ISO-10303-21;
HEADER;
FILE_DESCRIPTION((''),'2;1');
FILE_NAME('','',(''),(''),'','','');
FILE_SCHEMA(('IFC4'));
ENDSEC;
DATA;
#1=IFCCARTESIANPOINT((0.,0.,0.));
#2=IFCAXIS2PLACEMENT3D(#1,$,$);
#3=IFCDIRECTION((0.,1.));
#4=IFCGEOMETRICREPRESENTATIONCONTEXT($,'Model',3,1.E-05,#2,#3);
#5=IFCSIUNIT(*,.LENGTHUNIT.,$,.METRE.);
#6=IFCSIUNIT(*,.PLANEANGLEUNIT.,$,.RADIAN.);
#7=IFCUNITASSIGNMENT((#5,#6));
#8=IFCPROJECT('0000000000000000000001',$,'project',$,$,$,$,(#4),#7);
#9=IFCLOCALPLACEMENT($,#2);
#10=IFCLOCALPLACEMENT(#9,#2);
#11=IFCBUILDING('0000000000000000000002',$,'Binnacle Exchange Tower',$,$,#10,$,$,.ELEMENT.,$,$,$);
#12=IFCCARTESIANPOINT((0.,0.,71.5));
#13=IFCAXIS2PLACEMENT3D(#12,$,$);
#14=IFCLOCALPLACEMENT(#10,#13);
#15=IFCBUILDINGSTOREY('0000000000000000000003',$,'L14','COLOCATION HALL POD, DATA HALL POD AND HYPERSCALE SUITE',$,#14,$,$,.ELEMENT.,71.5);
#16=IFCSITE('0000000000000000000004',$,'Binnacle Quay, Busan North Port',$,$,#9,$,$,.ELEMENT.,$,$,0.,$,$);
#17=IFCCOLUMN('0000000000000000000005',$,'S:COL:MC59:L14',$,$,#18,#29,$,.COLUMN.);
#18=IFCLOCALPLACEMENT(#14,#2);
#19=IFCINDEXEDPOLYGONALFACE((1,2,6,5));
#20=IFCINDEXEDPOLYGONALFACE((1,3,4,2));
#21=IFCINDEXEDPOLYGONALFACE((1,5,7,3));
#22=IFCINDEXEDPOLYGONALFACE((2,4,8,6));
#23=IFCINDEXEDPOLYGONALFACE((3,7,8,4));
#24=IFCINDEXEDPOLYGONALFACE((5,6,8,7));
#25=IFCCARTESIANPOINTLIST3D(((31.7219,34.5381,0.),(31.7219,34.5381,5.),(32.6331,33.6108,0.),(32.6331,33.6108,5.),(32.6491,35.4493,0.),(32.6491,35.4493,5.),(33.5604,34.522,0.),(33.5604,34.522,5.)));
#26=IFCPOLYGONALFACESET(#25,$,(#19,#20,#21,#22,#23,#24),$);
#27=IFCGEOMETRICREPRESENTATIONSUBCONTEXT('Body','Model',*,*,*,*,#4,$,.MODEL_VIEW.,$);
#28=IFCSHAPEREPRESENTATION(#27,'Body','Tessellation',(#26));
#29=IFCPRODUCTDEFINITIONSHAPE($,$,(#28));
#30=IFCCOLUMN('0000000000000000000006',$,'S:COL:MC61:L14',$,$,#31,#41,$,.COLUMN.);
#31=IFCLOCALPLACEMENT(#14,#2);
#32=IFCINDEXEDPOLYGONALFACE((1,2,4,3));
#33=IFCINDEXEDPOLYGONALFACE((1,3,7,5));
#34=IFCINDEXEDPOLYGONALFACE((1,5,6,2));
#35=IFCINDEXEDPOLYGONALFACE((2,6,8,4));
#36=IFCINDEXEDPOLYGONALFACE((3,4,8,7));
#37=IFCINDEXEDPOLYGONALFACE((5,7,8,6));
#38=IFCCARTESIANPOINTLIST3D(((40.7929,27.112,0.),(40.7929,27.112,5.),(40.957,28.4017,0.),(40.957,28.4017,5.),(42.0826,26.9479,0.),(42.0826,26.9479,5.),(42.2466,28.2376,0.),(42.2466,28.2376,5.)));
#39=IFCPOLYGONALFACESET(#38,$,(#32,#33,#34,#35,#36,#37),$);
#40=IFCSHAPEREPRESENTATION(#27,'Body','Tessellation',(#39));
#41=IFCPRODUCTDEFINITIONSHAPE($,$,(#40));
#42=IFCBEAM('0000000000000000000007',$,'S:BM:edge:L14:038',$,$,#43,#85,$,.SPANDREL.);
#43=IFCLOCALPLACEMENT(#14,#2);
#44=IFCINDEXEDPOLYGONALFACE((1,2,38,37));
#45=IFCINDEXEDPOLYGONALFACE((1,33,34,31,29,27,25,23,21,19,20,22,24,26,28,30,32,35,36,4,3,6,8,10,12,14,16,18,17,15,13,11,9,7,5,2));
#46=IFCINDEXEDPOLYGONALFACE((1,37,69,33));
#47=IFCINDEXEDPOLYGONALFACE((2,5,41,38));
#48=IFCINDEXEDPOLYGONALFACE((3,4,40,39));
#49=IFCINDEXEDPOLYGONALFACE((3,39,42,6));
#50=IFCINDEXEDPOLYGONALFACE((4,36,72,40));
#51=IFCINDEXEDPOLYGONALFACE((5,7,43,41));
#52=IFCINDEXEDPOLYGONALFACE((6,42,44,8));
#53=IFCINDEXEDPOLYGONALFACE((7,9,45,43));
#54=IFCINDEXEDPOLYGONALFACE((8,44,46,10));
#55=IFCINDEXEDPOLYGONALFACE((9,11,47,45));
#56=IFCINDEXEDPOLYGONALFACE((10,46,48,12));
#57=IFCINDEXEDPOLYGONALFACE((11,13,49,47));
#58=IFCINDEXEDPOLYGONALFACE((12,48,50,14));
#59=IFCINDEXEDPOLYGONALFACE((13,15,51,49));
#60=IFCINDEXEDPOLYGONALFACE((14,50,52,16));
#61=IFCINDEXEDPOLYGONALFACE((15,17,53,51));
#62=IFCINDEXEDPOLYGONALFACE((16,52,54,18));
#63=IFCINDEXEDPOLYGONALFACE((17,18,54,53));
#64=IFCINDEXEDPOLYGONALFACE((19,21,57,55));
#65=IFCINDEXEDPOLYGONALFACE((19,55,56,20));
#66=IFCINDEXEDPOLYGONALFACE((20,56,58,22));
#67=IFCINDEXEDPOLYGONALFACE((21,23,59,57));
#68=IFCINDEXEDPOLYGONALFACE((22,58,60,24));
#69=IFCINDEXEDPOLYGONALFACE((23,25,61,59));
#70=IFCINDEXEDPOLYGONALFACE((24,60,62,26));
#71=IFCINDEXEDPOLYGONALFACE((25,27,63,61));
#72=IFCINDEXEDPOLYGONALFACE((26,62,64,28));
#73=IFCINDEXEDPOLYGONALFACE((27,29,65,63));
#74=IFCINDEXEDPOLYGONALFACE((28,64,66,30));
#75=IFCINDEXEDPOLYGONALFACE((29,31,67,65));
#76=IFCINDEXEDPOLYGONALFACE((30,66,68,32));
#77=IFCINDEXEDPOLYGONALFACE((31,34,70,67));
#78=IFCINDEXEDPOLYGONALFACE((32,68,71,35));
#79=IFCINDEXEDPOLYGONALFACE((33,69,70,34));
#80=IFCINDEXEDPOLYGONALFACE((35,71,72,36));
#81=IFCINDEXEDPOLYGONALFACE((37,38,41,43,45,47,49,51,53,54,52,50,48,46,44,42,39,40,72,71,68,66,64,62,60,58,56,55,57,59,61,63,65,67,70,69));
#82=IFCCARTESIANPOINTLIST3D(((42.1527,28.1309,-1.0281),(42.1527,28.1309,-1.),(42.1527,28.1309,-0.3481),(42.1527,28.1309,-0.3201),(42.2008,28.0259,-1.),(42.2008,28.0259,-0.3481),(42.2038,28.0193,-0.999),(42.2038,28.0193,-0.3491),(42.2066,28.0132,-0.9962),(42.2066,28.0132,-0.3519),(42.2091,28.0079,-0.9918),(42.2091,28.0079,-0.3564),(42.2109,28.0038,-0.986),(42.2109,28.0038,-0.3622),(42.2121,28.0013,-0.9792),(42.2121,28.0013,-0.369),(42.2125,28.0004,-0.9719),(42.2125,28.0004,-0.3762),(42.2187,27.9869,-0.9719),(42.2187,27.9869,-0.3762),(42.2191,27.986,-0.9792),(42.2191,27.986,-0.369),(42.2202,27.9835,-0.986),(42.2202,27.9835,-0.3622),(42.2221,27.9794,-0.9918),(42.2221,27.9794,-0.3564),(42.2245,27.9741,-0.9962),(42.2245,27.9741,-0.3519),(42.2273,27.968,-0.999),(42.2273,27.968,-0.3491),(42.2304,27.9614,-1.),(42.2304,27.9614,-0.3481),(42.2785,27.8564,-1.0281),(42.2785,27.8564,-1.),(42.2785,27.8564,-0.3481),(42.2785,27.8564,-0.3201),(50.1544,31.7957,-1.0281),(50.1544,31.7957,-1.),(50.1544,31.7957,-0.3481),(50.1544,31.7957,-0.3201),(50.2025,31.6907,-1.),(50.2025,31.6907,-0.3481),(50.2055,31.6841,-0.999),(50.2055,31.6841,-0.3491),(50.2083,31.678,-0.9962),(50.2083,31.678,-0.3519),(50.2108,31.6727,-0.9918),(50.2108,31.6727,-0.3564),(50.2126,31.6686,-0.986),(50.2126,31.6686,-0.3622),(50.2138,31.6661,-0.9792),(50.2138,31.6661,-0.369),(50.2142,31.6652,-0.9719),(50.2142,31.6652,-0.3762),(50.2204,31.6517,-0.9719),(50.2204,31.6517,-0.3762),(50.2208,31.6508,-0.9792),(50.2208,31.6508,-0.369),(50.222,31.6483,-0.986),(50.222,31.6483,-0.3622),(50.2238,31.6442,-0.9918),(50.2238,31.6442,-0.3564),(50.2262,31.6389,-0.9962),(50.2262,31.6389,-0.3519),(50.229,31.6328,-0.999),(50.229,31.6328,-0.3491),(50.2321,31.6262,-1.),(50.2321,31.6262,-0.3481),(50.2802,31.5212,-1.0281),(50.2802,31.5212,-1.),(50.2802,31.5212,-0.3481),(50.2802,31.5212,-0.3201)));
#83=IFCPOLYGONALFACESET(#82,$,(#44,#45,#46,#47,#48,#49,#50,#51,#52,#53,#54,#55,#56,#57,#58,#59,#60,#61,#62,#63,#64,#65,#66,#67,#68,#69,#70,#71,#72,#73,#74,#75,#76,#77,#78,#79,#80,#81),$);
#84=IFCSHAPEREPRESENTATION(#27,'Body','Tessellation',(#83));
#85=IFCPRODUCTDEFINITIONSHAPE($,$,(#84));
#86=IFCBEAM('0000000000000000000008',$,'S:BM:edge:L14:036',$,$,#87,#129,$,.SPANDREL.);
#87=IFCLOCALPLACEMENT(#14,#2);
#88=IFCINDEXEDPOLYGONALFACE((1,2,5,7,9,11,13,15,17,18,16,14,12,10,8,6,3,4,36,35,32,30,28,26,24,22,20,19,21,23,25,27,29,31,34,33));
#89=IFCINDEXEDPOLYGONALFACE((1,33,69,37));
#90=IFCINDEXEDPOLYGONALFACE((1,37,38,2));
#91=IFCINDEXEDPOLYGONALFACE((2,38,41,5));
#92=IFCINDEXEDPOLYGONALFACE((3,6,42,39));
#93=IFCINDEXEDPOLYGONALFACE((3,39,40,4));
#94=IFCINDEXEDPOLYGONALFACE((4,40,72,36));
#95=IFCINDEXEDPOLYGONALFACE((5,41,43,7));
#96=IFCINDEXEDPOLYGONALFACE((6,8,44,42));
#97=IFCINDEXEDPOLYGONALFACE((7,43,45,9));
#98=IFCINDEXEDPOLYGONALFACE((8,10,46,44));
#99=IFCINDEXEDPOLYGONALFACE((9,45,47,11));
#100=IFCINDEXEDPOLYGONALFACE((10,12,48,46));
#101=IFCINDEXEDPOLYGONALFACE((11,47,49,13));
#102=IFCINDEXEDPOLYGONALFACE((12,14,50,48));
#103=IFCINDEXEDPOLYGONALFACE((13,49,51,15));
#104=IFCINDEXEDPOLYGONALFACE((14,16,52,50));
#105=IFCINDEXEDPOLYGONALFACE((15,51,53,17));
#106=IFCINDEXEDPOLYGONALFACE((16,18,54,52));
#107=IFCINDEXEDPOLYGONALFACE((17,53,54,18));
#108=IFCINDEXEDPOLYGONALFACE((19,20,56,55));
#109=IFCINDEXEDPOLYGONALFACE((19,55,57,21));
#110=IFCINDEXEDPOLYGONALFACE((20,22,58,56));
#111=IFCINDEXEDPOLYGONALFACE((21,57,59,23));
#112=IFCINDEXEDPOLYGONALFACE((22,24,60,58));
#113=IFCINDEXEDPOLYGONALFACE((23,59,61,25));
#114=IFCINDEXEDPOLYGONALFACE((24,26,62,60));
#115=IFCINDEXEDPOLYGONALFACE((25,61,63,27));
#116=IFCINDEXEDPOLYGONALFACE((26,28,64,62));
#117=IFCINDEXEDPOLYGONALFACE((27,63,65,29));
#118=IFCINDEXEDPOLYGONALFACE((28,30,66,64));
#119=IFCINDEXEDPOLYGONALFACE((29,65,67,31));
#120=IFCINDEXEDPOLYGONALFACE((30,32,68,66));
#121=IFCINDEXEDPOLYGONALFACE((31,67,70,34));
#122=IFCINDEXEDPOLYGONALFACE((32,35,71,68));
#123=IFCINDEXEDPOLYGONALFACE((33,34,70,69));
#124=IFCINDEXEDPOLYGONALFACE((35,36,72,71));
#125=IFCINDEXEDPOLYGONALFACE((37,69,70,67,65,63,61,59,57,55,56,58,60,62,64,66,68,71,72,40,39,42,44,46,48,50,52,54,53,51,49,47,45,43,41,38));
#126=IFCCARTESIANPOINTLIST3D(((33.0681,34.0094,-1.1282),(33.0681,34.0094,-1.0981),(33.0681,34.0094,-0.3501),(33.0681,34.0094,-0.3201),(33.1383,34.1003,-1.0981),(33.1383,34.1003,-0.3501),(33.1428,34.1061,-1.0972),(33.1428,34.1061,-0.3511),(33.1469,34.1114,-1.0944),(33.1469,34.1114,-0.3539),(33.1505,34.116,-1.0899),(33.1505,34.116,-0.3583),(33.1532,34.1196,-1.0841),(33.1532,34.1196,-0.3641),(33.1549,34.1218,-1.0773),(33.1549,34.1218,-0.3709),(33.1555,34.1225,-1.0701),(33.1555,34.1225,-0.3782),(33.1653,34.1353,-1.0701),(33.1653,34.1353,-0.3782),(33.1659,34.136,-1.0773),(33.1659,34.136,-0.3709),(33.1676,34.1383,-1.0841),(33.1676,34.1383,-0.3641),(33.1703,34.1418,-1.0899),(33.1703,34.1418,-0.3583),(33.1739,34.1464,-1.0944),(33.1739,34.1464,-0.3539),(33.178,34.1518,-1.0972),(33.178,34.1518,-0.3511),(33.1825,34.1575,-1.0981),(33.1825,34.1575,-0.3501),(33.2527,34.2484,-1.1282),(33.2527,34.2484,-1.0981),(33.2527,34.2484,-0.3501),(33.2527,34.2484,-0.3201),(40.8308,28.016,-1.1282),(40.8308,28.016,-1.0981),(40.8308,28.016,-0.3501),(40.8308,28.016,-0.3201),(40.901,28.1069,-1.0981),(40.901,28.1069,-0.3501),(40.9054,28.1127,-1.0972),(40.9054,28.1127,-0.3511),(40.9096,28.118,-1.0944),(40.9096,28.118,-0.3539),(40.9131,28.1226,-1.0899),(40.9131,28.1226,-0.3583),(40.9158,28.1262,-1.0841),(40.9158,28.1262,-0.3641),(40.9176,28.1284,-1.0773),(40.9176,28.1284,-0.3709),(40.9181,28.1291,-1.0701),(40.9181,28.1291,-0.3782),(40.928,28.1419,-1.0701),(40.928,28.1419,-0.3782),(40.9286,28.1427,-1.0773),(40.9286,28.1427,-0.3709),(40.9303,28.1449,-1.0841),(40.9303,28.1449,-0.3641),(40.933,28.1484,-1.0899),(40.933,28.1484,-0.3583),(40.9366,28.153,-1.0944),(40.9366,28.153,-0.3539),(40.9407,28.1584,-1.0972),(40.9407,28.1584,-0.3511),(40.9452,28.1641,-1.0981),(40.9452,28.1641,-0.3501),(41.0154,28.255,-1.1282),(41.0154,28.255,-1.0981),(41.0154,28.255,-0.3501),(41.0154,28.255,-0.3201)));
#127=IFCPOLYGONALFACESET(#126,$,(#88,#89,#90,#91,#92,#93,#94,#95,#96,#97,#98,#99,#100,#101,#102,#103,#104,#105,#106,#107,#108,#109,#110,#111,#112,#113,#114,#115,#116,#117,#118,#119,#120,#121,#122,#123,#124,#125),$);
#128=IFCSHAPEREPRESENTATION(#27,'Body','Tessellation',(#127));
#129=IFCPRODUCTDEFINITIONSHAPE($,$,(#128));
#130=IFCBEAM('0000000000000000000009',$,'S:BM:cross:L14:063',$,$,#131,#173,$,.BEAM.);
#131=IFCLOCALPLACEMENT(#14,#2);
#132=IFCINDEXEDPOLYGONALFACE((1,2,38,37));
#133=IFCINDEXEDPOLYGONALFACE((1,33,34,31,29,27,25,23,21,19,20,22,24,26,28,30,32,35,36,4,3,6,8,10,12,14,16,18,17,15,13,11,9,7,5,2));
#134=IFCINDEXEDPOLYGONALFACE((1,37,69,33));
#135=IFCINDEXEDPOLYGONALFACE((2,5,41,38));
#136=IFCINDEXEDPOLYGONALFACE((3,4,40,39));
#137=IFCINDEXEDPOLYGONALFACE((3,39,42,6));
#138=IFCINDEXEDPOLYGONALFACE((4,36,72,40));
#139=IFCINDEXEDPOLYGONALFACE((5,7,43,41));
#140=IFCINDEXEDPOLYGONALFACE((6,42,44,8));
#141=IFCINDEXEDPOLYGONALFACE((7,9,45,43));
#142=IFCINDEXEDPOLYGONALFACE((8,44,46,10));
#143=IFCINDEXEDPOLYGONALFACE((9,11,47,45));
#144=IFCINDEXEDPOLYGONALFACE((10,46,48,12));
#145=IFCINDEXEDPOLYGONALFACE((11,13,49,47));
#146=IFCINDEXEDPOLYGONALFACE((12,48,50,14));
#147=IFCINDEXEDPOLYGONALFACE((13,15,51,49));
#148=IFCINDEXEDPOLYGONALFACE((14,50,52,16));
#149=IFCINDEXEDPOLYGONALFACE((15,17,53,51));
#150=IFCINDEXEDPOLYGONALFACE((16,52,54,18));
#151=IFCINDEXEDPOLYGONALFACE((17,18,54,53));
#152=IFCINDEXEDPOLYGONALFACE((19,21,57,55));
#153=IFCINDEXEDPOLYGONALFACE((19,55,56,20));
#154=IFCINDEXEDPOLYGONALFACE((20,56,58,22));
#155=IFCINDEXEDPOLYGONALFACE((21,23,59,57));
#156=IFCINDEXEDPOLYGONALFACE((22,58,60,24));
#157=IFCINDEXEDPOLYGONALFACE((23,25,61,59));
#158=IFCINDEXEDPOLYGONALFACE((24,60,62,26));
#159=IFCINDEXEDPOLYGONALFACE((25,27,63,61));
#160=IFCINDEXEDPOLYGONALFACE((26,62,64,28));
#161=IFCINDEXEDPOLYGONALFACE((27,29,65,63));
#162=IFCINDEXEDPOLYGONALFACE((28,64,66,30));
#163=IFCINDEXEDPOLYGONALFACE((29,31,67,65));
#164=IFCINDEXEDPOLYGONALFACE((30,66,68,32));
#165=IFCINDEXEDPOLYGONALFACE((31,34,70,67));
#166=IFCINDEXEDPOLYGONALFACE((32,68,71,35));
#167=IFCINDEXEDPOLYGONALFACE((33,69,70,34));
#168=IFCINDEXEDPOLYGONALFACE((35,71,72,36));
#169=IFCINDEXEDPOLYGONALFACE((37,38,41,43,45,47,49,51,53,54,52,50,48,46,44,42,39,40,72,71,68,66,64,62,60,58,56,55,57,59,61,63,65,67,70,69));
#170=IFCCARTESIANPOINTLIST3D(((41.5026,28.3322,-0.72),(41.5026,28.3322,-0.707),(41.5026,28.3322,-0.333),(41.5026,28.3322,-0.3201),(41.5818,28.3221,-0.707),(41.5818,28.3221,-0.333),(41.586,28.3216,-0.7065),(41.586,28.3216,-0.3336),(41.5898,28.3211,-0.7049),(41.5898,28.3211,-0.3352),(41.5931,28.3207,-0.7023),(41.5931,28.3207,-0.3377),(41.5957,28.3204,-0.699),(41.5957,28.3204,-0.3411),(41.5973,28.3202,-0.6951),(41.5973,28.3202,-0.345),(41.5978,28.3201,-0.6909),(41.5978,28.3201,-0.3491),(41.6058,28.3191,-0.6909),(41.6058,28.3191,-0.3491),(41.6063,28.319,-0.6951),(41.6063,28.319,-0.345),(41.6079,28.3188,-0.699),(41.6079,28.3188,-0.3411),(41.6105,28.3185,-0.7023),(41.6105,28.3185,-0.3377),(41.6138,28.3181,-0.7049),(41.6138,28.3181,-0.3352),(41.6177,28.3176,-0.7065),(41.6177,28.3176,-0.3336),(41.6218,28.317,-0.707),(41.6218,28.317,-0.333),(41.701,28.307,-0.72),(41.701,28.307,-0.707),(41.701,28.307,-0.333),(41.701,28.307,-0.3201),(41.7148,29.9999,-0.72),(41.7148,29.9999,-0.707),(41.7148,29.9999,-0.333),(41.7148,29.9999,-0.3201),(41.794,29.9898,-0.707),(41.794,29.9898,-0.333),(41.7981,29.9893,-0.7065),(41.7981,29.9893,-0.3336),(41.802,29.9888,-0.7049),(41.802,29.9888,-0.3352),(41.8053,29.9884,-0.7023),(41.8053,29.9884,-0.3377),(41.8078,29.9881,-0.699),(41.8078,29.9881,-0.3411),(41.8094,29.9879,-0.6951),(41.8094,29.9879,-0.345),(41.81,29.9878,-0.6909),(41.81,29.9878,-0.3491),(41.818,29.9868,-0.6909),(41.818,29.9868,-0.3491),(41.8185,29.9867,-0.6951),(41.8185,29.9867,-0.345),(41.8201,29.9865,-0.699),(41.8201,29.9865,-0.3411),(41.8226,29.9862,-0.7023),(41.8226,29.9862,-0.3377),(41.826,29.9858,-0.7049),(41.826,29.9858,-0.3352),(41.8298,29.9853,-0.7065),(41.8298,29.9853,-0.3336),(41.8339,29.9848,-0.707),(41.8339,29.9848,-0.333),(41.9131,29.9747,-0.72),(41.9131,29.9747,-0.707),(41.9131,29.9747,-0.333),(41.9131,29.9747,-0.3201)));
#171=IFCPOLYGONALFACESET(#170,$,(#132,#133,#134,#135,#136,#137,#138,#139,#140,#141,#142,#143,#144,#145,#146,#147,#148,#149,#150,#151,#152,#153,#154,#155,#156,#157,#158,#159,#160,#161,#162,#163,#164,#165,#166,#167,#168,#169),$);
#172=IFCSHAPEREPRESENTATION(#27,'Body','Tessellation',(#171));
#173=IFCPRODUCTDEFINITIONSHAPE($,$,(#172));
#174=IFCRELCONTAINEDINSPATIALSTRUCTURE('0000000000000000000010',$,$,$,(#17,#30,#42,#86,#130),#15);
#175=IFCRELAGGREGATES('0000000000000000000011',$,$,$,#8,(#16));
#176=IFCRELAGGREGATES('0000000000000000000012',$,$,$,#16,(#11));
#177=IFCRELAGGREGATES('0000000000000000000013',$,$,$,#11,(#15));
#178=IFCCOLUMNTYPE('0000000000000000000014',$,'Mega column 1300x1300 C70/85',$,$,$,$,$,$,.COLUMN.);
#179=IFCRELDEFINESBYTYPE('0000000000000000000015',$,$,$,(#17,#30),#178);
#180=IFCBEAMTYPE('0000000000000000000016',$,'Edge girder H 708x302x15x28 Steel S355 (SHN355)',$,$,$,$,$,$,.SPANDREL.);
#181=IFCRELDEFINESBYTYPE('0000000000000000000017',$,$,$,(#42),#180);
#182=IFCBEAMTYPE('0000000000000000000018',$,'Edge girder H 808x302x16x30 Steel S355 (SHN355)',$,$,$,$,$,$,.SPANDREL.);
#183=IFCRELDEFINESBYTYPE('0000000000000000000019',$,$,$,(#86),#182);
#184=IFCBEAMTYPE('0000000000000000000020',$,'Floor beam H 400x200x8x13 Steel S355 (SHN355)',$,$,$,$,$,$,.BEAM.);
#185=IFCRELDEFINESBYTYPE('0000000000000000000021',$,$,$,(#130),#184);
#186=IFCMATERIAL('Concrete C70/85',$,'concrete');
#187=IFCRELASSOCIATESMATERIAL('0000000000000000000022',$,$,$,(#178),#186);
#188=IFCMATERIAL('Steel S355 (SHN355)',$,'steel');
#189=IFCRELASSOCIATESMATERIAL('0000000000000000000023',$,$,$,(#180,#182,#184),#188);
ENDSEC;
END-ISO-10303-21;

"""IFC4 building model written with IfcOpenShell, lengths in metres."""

from ifc_helpers import new_model, si_unit, direction, frame, origin, origin_2d, place, context, subcontext, project, spatial, rectangle, i_section, extrude, material, material_profile, profile_set, type_object, element, save


model = new_model("IFC4")

# Units and contexts
model_context = context("Model", 3, precision=1e-05, world=origin(), true_north=direction((0.0, 1.0)))
body_context = subcontext(model_context, "Body", "Model", "MODEL_VIEW")
ifc_project = project(units=[si_unit("LENGTHUNIT", "METRE"), si_unit("PLANEANGLEUNIT", "RADIAN")], contexts=[model_context])

# Site, building, storey
site_placement = place(None, origin())
site = spatial("IfcSite", under=ifc_project, at=site_placement, Name="Binnacle Quay, Busan North Port", CompositionType="ELEMENT", RefElevation=0.0)
building_placement = place(site_placement, origin())
building = spatial("IfcBuilding", under=site, at=building_placement, Name="Binnacle Exchange Tower", CompositionType="ELEMENT")
storey_placement = place(building_placement, frame((0.0, 0.0, 71.5)))
storey = spatial("IfcBuildingStorey", under=building, at=storey_placement, Name="L14", Description="COLOCATION HALL POD, DATA HALL POD AND HYPERSCALE SUITE", CompositionType="ELEMENT", Elevation=71.5)

# Columns
ifc_material_1 = material(Name="Concrete C70/85", Category="concrete")
ifc_material_profile_1 = material_profile(ifc_material_1, rectangle(XDim=1.3, YDim=1.3, at=origin_2d()), Name="Mega column 1300x1300 C70/85")
ifc_profile_set_1 = profile_set([ifc_material_profile_1], Name="Concrete C70/85")
column_type = type_object("IfcColumnType", Name="Mega column 1300x1300 C70/85", PredefinedType="COLUMN", material=ifc_profile_set_1)
for number, where, z_axis, x_axis, name in (
    (1, (32.6411, 34.53, 0.0), (0.0, 0.0, 1.0), (0.700909, -0.71325, 0.0), "S:COL:MC59:L14"),
    (2, (41.5198, 27.6748, 0.0), (0.0, 0.0, 1.0), (0.992005, -0.126199, 0.0), "S:COL:MC61:L14"),
):
    element("IfcColumn", number, at=place(storey_placement, frame(where, z_axis=z_axis, x_axis=x_axis)), inside=storey, type_object=column_type, Name=name, PredefinedType="COLUMN", context=body_context, shape_type="SweptSolid", body=[
        extrude(rectangle(XDim=1.3, YDim=1.3, at=origin_2d()), origin(), (0.0, 0.0, 1.0), 5.0),
    ])

# Beams
ifc_material_2 = material(Name="Steel S355 (SHN355)", Category="steel")
ifc_material_profile_2 = material_profile(ifc_material_2, i_section(OverallWidth=0.302, OverallDepth=0.708, WebThickness=0.0149, FlangeThickness=0.0281, FilletRadius=0.0281, at=origin_2d()), Name="H 708x302x15x28")
ifc_profile_set_2 = profile_set([ifc_material_profile_2], Name="Steel S355 (SHN355)")
beam_type_1 = type_object("IfcBeamType", Name="Edge girder H 708x302x15x28 Steel S355 (SHN355)", PredefinedType="SPANDREL", material=ifc_profile_set_2)
beam_1_placement = place(storey_placement, frame((42.2156, 27.9937, -0.6741), z_axis=(0.909179, 0.416405, 0.0), x_axis=(-0.416405, 0.909179, 0.0)))
element("IfcBeam", 3, at=beam_1_placement, inside=storey, type_object=beam_type_1, Name="S:BM:edge:L14:038", PredefinedType="SPANDREL", context=body_context, shape_type="SweptSolid", body=[
    extrude(i_section(OverallWidth=0.302, OverallDepth=0.708, WebThickness=0.0149, FlangeThickness=0.0281, FilletRadius=0.0281, at=origin_2d()), origin(), (0.0, 0.0, 1.0), 8.801),
])
ifc_material_profile_3 = material_profile(ifc_material_2, i_section(OverallWidth=0.302, OverallDepth=0.8081, WebThickness=0.0161, FlangeThickness=0.03, FilletRadius=0.0281, at=origin_2d()), Name="H 808x302x16x30")
ifc_profile_set_3 = profile_set([ifc_material_profile_3], Name="Steel S355 (SHN355)")
beam_type_2 = type_object("IfcBeamType", Name="Edge girder H 808x302x16x30 Steel S355 (SHN355)", PredefinedType="SPANDREL", material=ifc_profile_set_3)
beam_2_placement = place(storey_placement, frame((33.1604, 34.1289, -0.7241), z_axis=(0.791533, -0.611126, 0.0), x_axis=(0.611126, 0.791533, 0.0)))
element("IfcBeam", 4, at=beam_2_placement, inside=storey, type_object=beam_type_2, Name="S:BM:edge:L14:036", PredefinedType="SPANDREL", context=body_context, shape_type="SweptSolid", body=[
    extrude(i_section(OverallWidth=0.302, OverallDepth=0.8081, WebThickness=0.0161, FlangeThickness=0.03, FilletRadius=0.0281, at=origin_2d()), origin(), (0.0, 0.0, 1.0), 9.8071),
])
ifc_material_profile_4 = material_profile(ifc_material_2, i_section(OverallWidth=0.2, OverallDepth=0.3999, WebThickness=0.0081, FlangeThickness=0.0129, FilletRadius=0.0161, at=origin_2d()), Name="H 400x200x8x13")
ifc_profile_set_4 = profile_set([ifc_material_profile_4], Name="Steel S355 (SHN355)")
beam_type_3 = type_object("IfcBeamType", Name="Floor beam H 400x200x8x13 Steel S355 (SHN355)", PredefinedType="BEAM", material=ifc_profile_set_4)
beam_3_placement = place(storey_placement, frame((41.6018, 28.3196, -0.52), z_axis=(0.126197, 0.992005, 0.0), x_axis=(-0.992005, 0.126197, 0.0)))
element("IfcBeam", 5, at=beam_3_placement, inside=storey, type_object=beam_type_3, Name="S:BM:cross:L14:063", PredefinedType="BEAM", context=body_context, shape_type="SweptSolid", body=[
    extrude(i_section(OverallWidth=0.2, OverallDepth=0.3999, WebThickness=0.0081, FlangeThickness=0.0129, FilletRadius=0.0161, at=origin_2d()), origin(), (0.0, 0.0, 1.0), 1.6812),
])

save(model, "model.ifc")
